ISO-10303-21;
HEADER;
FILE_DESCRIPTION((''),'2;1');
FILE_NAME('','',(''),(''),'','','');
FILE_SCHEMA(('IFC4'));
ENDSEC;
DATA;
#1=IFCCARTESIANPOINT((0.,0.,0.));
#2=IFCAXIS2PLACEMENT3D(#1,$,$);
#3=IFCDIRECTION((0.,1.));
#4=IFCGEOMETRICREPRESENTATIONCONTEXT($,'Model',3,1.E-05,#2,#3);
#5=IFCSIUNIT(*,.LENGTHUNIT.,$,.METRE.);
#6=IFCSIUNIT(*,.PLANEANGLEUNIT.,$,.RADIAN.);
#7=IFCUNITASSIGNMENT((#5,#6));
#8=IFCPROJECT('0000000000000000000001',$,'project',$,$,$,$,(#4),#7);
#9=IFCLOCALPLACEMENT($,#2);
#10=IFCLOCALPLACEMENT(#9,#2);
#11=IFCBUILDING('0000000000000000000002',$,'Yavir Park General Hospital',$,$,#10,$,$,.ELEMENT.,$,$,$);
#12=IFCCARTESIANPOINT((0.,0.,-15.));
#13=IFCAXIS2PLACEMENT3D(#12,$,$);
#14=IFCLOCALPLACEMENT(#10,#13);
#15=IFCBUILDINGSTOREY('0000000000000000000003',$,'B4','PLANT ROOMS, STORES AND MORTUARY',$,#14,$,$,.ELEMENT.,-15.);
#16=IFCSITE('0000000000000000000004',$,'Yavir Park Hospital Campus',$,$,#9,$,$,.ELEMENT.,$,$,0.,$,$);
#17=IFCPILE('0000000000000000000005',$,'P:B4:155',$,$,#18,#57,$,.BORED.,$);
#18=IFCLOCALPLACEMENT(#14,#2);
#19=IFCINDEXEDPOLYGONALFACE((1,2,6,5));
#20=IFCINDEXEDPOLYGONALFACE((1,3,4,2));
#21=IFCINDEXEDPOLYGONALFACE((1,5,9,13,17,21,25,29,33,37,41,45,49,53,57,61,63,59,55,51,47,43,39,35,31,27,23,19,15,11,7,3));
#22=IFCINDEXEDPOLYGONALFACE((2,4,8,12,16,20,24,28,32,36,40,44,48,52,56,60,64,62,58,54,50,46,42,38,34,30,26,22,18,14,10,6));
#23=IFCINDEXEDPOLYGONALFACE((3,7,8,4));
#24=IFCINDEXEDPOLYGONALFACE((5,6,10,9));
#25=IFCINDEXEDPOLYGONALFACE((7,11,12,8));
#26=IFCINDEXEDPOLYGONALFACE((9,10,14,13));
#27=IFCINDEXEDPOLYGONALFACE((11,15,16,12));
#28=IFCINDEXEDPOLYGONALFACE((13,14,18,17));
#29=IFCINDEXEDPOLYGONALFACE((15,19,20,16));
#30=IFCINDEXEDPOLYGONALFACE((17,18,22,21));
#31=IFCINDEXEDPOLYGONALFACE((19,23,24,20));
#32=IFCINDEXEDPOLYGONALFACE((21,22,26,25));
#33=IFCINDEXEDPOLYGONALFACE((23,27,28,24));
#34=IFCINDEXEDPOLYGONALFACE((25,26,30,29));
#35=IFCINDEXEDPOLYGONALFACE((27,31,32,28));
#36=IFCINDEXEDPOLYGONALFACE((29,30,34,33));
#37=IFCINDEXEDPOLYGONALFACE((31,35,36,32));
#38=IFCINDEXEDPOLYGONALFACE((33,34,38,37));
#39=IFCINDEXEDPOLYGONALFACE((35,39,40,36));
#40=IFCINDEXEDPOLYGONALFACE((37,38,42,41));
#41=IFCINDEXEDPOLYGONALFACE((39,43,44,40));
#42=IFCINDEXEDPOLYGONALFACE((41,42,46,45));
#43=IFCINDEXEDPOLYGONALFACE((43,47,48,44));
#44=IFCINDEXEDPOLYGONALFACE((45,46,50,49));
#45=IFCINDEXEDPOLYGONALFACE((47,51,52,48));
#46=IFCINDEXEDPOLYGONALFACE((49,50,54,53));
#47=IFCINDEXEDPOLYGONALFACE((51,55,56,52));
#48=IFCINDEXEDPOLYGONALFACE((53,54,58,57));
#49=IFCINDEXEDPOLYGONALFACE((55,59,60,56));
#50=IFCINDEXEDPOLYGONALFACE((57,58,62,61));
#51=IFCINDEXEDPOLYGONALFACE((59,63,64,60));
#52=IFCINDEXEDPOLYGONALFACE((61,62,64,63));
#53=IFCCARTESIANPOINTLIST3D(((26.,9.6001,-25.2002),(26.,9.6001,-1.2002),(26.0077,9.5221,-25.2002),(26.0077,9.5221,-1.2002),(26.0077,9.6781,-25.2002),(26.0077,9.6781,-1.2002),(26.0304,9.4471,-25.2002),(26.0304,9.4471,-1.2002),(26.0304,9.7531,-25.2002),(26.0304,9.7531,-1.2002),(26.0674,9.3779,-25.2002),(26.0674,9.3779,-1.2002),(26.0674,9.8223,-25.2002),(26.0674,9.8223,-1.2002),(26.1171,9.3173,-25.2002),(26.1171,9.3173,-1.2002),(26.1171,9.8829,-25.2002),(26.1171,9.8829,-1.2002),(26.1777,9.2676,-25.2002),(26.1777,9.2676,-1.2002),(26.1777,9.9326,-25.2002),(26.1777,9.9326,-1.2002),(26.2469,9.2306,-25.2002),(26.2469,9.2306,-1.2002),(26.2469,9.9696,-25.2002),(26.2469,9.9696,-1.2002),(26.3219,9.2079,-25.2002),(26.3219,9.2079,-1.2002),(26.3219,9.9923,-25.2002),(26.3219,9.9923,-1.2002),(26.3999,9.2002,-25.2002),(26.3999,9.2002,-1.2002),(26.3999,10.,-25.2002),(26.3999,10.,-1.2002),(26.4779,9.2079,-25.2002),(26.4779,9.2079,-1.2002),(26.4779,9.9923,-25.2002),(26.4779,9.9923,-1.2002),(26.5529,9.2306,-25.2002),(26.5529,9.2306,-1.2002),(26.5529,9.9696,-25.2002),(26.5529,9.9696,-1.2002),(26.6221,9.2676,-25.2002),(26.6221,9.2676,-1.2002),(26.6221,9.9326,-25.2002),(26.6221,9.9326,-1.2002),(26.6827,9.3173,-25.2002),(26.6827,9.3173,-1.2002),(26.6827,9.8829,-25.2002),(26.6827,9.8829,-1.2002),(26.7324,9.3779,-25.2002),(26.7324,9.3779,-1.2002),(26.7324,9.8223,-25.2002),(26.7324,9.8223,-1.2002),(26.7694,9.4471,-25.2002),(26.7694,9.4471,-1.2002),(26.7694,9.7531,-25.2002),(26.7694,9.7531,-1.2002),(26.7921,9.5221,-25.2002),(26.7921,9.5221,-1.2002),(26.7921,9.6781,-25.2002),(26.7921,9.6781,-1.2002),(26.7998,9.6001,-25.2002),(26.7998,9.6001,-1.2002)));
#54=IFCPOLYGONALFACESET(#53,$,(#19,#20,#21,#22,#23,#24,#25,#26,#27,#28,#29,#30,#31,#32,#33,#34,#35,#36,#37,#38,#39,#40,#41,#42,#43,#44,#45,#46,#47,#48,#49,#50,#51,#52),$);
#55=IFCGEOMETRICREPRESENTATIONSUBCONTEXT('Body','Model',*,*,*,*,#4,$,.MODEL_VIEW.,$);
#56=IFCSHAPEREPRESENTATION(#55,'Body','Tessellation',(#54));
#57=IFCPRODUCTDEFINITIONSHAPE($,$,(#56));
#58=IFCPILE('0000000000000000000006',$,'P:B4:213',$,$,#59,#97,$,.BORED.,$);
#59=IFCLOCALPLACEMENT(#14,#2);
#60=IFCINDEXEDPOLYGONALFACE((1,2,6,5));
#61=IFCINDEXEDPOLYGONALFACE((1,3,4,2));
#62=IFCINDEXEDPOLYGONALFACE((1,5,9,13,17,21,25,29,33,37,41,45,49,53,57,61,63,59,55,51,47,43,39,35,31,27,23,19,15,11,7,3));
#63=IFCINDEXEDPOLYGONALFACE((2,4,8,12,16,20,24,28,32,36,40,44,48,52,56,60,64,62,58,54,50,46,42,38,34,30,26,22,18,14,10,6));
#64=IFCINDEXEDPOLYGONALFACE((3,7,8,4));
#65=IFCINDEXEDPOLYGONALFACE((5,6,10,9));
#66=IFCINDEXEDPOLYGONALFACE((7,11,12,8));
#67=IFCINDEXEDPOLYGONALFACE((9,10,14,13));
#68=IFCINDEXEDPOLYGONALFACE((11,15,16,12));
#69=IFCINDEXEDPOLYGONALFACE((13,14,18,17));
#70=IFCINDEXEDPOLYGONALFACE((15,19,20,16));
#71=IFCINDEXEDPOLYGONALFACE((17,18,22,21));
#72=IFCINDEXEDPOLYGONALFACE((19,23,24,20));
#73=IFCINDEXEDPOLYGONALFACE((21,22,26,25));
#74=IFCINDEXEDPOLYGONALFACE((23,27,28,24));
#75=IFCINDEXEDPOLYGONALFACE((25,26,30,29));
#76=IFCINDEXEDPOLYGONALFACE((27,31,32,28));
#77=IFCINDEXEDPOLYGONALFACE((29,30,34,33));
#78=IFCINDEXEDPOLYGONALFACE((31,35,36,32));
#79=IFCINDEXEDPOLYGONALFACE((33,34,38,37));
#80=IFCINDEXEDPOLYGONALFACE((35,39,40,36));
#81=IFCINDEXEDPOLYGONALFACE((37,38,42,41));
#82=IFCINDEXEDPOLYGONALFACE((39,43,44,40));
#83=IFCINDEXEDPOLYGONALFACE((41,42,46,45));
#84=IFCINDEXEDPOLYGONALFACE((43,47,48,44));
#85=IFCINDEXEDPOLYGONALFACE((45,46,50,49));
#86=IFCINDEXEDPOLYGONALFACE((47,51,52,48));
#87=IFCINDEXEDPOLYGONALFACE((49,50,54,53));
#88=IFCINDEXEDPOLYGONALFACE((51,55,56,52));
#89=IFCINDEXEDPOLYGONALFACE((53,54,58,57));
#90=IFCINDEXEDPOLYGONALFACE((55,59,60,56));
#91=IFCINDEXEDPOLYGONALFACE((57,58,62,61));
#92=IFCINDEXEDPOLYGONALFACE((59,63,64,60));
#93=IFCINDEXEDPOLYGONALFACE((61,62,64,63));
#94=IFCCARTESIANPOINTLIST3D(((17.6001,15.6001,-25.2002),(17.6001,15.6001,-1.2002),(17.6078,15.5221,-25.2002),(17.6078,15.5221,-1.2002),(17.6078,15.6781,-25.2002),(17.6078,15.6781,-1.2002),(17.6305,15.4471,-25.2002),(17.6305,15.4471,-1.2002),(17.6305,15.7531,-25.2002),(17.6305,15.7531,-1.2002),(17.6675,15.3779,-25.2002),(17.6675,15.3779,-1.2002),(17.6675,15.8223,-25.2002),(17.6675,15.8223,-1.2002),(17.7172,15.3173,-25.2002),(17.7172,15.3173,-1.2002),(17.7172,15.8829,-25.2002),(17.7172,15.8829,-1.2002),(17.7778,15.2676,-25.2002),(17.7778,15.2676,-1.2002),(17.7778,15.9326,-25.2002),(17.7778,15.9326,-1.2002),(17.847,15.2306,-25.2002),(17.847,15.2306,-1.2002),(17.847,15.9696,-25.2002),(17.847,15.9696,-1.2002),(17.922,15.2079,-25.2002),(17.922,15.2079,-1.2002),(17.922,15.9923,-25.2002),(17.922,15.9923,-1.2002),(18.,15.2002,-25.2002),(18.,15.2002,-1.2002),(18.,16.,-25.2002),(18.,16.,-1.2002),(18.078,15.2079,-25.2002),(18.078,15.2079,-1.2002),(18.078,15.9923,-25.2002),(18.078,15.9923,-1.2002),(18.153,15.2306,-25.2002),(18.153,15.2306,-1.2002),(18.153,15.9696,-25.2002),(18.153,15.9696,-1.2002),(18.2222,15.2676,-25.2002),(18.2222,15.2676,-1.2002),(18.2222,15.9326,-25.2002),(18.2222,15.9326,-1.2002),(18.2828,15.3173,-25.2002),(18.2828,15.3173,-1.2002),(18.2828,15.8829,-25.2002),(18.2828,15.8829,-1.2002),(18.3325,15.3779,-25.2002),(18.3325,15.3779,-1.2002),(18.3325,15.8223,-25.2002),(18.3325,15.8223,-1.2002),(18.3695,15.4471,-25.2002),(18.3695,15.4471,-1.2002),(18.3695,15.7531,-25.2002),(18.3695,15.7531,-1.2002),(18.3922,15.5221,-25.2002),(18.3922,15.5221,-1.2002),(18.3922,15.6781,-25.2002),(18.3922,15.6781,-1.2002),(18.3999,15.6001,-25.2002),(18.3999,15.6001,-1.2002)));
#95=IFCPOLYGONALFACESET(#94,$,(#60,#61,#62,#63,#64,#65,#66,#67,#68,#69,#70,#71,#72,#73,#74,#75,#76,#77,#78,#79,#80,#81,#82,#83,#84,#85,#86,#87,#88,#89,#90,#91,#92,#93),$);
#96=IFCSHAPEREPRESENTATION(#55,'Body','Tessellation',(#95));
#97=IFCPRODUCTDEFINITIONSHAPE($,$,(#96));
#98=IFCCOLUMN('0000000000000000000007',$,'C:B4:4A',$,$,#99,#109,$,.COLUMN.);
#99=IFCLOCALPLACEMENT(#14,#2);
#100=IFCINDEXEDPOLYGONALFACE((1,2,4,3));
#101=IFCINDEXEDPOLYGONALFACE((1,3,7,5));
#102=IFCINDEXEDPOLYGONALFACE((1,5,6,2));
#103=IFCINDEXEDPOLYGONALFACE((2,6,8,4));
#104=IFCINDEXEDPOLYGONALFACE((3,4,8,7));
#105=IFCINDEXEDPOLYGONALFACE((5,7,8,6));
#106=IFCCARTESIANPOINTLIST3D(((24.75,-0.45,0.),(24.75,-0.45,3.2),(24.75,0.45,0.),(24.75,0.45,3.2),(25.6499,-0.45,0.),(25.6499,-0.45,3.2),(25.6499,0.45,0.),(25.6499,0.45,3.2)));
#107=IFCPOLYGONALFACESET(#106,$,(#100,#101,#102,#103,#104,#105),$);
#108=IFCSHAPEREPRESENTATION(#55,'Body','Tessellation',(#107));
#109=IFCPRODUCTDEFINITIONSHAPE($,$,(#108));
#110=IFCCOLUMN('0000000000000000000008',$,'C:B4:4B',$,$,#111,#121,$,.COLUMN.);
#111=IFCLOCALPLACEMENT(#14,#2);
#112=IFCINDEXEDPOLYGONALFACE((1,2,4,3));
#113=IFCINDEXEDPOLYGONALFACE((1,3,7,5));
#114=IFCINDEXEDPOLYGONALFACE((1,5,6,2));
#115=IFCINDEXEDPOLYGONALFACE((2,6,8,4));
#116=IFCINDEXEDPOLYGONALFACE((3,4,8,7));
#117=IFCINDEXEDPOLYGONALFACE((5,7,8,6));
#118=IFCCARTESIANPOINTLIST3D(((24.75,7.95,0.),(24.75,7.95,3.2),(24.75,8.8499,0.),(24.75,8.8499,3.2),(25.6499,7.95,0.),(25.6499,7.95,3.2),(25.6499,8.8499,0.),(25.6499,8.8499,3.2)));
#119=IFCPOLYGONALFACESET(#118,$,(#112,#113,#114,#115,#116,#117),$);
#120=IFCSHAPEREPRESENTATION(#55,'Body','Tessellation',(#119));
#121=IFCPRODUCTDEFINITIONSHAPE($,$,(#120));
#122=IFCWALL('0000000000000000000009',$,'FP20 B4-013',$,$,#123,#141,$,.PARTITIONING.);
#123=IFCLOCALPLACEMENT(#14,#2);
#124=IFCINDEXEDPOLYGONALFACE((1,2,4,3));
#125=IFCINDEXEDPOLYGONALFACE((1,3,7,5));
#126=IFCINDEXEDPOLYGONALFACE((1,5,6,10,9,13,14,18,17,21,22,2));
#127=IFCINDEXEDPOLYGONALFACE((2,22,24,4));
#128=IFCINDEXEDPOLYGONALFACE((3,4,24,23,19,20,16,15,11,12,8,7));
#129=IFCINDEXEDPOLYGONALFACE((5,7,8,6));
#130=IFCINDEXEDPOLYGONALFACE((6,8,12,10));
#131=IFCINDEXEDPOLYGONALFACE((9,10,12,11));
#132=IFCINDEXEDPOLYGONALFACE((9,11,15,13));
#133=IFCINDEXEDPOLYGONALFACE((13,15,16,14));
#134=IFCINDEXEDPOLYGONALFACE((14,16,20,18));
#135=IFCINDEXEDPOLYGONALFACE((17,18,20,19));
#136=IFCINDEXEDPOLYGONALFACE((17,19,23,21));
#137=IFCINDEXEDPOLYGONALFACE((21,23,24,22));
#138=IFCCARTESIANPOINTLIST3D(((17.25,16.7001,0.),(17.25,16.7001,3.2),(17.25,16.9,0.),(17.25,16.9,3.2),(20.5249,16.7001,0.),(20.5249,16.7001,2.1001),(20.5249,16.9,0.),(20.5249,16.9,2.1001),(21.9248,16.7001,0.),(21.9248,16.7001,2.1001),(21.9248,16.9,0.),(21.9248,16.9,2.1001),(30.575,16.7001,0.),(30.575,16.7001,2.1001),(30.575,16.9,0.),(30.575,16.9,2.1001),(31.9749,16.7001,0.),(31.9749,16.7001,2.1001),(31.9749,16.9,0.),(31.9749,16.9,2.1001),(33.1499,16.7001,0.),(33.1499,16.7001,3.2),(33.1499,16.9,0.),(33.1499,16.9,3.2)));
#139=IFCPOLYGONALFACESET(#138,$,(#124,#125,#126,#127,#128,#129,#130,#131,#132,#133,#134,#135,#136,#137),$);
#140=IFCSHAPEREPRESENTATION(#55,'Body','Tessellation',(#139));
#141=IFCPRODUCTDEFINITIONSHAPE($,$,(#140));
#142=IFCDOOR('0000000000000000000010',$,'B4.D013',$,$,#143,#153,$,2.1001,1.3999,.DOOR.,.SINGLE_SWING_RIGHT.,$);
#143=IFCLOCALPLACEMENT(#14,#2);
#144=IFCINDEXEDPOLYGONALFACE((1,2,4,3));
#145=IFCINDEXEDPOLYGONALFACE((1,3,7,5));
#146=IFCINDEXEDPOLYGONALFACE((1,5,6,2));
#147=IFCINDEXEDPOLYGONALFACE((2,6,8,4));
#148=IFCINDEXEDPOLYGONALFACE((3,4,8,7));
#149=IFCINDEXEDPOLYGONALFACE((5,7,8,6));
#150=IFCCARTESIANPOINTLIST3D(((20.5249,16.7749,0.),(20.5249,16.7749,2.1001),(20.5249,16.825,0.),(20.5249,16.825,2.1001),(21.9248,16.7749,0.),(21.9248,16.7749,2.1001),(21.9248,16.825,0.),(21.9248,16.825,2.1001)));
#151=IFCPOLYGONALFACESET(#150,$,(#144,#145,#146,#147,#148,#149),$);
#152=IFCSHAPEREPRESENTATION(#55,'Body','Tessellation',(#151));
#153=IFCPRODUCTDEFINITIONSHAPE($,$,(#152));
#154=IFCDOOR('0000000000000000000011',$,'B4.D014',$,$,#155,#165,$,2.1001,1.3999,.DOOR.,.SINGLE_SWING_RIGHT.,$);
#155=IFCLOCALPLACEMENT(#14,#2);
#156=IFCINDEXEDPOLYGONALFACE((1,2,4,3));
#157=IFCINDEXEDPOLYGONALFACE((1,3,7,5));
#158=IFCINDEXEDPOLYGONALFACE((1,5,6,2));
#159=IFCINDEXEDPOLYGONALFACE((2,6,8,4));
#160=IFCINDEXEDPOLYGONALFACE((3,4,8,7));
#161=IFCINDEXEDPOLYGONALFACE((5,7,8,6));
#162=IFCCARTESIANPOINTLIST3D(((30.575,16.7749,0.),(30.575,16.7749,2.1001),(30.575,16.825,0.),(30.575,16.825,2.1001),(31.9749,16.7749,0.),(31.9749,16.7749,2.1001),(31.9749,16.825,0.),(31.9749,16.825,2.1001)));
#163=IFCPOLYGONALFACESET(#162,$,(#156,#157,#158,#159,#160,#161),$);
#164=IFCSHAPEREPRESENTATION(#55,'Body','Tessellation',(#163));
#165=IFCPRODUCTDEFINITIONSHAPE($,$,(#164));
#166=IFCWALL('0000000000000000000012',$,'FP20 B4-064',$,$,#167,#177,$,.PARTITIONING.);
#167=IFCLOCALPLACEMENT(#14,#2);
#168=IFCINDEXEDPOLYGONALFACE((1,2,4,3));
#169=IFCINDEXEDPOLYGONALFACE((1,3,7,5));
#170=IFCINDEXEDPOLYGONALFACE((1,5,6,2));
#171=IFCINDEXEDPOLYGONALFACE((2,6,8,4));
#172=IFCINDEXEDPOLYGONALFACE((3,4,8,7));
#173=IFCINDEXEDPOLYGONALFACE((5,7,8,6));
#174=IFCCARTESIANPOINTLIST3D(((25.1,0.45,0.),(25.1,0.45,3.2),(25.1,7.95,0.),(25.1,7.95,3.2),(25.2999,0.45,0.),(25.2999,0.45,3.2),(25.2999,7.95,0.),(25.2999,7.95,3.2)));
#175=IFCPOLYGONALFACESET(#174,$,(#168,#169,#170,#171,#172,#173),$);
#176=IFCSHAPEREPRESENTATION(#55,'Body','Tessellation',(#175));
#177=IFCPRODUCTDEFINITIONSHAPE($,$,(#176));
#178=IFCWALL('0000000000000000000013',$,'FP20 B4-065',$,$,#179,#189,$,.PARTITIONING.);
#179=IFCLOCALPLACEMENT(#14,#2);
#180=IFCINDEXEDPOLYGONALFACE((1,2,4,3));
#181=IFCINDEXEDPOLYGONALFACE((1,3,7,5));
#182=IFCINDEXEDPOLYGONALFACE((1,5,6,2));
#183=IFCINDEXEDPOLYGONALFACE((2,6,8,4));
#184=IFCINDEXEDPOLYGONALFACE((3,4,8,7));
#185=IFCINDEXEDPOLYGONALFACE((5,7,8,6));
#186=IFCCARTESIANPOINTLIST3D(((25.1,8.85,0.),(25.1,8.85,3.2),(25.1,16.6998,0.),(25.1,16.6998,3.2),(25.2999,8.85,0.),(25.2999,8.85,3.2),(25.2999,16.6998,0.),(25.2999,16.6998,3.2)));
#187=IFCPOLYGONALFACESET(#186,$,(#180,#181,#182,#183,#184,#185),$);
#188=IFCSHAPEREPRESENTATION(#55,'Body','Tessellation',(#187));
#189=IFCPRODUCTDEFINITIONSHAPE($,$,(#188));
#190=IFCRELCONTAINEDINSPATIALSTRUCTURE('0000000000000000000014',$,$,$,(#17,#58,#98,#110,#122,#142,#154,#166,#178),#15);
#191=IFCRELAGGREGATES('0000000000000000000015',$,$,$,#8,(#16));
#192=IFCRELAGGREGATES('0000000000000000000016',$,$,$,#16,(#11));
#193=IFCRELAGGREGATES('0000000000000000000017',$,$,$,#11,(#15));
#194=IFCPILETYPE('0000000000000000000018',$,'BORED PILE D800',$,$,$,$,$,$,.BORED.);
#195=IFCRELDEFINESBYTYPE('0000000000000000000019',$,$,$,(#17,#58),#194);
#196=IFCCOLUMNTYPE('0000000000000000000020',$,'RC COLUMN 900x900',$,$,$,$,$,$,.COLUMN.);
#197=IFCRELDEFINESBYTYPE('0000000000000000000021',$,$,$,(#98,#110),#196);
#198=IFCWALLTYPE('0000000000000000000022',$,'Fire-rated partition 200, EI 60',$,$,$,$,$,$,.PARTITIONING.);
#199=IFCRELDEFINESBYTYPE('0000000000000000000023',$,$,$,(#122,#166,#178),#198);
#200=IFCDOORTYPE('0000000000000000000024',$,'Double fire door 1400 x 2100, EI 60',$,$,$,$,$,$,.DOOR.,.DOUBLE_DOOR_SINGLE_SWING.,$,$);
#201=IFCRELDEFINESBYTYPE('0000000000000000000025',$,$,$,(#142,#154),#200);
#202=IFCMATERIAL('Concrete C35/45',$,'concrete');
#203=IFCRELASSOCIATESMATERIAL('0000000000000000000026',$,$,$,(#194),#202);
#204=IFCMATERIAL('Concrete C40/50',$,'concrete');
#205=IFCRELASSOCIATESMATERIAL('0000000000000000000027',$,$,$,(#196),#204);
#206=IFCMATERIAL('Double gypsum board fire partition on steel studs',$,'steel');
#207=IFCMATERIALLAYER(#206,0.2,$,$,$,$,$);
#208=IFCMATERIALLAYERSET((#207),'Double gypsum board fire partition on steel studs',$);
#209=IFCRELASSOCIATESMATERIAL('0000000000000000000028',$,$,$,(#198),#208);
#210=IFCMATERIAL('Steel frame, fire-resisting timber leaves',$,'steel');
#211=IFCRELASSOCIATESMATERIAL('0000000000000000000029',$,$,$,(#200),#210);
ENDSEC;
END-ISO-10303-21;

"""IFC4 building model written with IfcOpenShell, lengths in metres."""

from ifc_helpers import new_model, si_unit, direction, frame, frame_2d, origin, origin_2d, place, context, subcontext, project, spatial, rectangle, circle, extrude, material, layer, layer_set, material_profile, profile_set, type_object, element, fill, save


model = new_model("IFC4")

# Units and contexts
model_context = context("Model", 3, precision=1e-05, world=origin(), true_north=direction((0.0, 1.0)))
body_context = subcontext(model_context, "Body", "Model", "MODEL_VIEW")
ifc_project = project(units=[si_unit("LENGTHUNIT", "METRE"), si_unit("PLANEANGLEUNIT", "RADIAN")], contexts=[model_context])

# Site, building, storey
site_placement = place(None, origin())
site = spatial("IfcSite", under=ifc_project, at=site_placement, Name="Yavir Park Hospital Campus", CompositionType="ELEMENT", RefElevation=0.0)
building_placement = place(site_placement, origin())
building = spatial("IfcBuilding", under=site, at=building_placement, Name="Yavir Park General Hospital", CompositionType="ELEMENT")
storey_placement = place(building_placement, frame((0.0, 0.0, -15.0)))
storey = spatial("IfcBuildingStorey", under=building, at=storey_placement, Name="B4", Description="PLANT ROOMS, STORES AND MORTUARY", CompositionType="ELEMENT", Elevation=-15.0)

# Piles
ifc_material_1 = material(Name="Concrete C35/45", Category="concrete")
ifc_material_profile_1 = material_profile(ifc_material_1, circle(Radius=0.3999, at=origin_2d()), Name="D800")
ifc_profile_set_1 = profile_set([ifc_material_profile_1], Name="Concrete C35/45")
pile_type_1 = type_object("IfcPileType", Name="BORED PILE D800", PredefinedType="BORED", material=ifc_profile_set_1)
for number, where, z_axis, x_axis, name in (
    (1, (26.3999, 9.6001, -1.2002), (0.0, 0.0, -1.0), (1.0, 0.0, 0.0), "P:B4:155"),
    (2, (18.0, 15.6001, -1.2002), (0.0, 0.0, -1.0), (1.0, 0.0, 0.0), "P:B4:213"),
):
    element("IfcPile", number, at=place(storey_placement, frame(where, z_axis=z_axis, x_axis=x_axis)), inside=storey, type_object=pile_type_1, Name=name, PredefinedType="BORED", context=body_context, shape_type="SweptSolid", body=[
        extrude(circle(Radius=0.3999, at=origin_2d()), origin(), (0.0, 0.0, 1.0), 24.0),
    ])

# Columns
ifc_material_2 = material(Name="Concrete C40/50", Category="concrete")
ifc_material_profile_2 = material_profile(ifc_material_2, rectangle(XDim=0.8999, YDim=0.8999, at=origin_2d()), Name="RC900x900")
ifc_profile_set_2 = profile_set([ifc_material_profile_2], Name="Concrete C40/50")
column_type = type_object("IfcColumnType", Name="RC COLUMN 900x900", PredefinedType="COLUMN", material=ifc_profile_set_2)
for number, where, z_axis, x_axis, name in (
    (3, (25.2, 0.0, 0.0), (0.0, 0.0, 1.0), (1.0, 0.0, 0.0), "C:B4:4A"),
    (4, (25.2, 8.3999, 0.0), (0.0, 0.0, 1.0), (1.0, 0.0, 0.0), "C:B4:4B"),
):
    element("IfcColumn", number, at=place(storey_placement, frame(where, z_axis=z_axis, x_axis=x_axis)), inside=storey, type_object=column_type, Name=name, PredefinedType="COLUMN", context=body_context, shape_type="SweptSolid", body=[
        extrude(rectangle(XDim=0.8999, YDim=0.8999, at=origin_2d()), origin(), (0.0, 0.0, 1.0), 3.2),
    ])

# Wall, openings, doors
ifc_material_3 = material(Name="Double gypsum board fire partition on steel studs", Category="steel")
ifc_layer_1 = layer(ifc_material_3, 0.2)
ifc_layer_set_1 = layer_set([ifc_layer_1], Name="Double gypsum board fire partition on steel studs")
wall_type_1 = type_object("IfcWallType", Name="Fire-rated partition 200, EI 60", PredefinedType="PARTITIONING", material=ifc_layer_set_1)
wall_1_placement = place(storey_placement, frame((17.25, 16.8, 0.0), z_axis=(0.0, 0.0, 1.0), x_axis=(1.0, 0.0, 0.0)))
wall_1 = element("IfcWall", 5, at=wall_1_placement, inside=storey, type_object=wall_type_1, Name="FP20 B4-013", PredefinedType="PARTITIONING", context=body_context, shape_type="SweptSolid", body=[
    extrude(rectangle(XDim=15.8999, YDim=0.2, at=frame_2d((7.95, 0.0))), origin(), (0.0, 0.0, 1.0), 3.2),
])
opening_1_placement = place(wall_1_placement, frame((3.2749, 0.0, 0.0)))
opening_1 = element("IfcOpeningElement", 6, at=opening_1_placement, cuts=wall_1, PredefinedType="OPENING", context=body_context, shape_type="SweptSolid", body=[
    extrude(rectangle(XDim=1.3999, YDim=2.1001, at=frame_2d((0.7, 1.05))), frame((0.0, 0.1099, 0.0), z_axis=(0.0, -1.0, 0.0), x_axis=(1.0, 0.0, 0.0)), (0.0, 0.0, 1.0), 0.22),
])
opening_2_placement = place(wall_1_placement, frame((13.325, 0.0, 0.0)))
opening_2 = element("IfcOpeningElement", 7, at=opening_2_placement, cuts=wall_1, PredefinedType="OPENING", context=body_context, shape_type="SweptSolid", body=[
    extrude(rectangle(XDim=1.3999, YDim=2.1001, at=frame_2d((0.7, 1.05))), frame((0.0, 0.1099, 0.0), z_axis=(0.0, -1.0, 0.0), x_axis=(1.0, 0.0, 0.0)), (0.0, 0.0, 1.0), 0.22),
])
ifc_material_4 = material(Name="Steel frame, fire-resisting timber leaves", Category="steel")
door_type = type_object("IfcDoorType", Name="Double fire door 1400 x 2100, EI 60", OperationType="DOUBLE_DOOR_SINGLE_SWING", PredefinedType="DOOR", material=ifc_material_4)
door_1_placement = place(opening_1_placement, origin())
door_1 = element("IfcDoor", 8, at=door_1_placement, inside=storey, type_object=door_type, Name="B4.D013", OperationType="SINGLE_SWING_RIGHT", OverallHeight=2.1001, OverallWidth=1.3999, PredefinedType="DOOR", context=body_context, shape_type="SweptSolid", body=[
    extrude(rectangle(XDim=1.3999, YDim=2.1001, at=frame_2d((0.7, 1.05))), frame((0.0, 0.0249, 0.0), z_axis=(0.0, -1.0, 0.0), x_axis=(1.0, 0.0, 0.0)), (0.0, 0.0, 1.0), 0.05),
])
fill(opening_1, door_1)
door_2_placement = place(opening_2_placement, origin())
door_2 = element("IfcDoor", 9, at=door_2_placement, inside=storey, type_object=door_type, Name="B4.D014", OperationType="SINGLE_SWING_RIGHT", OverallHeight=2.1001, OverallWidth=1.3999, PredefinedType="DOOR", context=body_context, shape_type="SweptSolid", body=[
    extrude(rectangle(XDim=1.3999, YDim=2.1001, at=frame_2d((0.7, 1.05))), frame((0.0, 0.0249, 0.0), z_axis=(0.0, -1.0, 0.0), x_axis=(1.0, 0.0, 0.0)), (0.0, 0.0, 1.0), 0.05),
])
fill(opening_2, door_2)

# Walls
wall_2_placement = place(storey_placement, frame((25.2, 0.45, 0.0), z_axis=(0.0, 0.0, 1.0), x_axis=(0.0, 1.0, 0.0)))
element("IfcWall", 10, at=wall_2_placement, inside=storey, type_object=wall_type_1, Name="FP20 B4-064", PredefinedType="PARTITIONING", context=body_context, shape_type="SweptSolid", body=[
    extrude(rectangle(XDim=7.5, YDim=0.2, at=frame_2d((3.75, 0.0))), origin(), (0.0, 0.0, 1.0), 3.2),
])
wall_3_placement = place(storey_placement, frame((25.2, 8.8501, 0.0), z_axis=(0.0, 0.0, 1.0), x_axis=(0.0, 1.0, 0.0)))
element("IfcWall", 11, at=wall_3_placement, inside=storey, type_object=wall_type_1, Name="FP20 B4-065", PredefinedType="PARTITIONING", context=body_context, shape_type="SweptSolid", body=[
    extrude(rectangle(XDim=7.8499, YDim=0.2, at=frame_2d((3.9248, 0.0))), origin(), (0.0, 0.0, 1.0), 3.2),
])

save(model, "model.ifc")
